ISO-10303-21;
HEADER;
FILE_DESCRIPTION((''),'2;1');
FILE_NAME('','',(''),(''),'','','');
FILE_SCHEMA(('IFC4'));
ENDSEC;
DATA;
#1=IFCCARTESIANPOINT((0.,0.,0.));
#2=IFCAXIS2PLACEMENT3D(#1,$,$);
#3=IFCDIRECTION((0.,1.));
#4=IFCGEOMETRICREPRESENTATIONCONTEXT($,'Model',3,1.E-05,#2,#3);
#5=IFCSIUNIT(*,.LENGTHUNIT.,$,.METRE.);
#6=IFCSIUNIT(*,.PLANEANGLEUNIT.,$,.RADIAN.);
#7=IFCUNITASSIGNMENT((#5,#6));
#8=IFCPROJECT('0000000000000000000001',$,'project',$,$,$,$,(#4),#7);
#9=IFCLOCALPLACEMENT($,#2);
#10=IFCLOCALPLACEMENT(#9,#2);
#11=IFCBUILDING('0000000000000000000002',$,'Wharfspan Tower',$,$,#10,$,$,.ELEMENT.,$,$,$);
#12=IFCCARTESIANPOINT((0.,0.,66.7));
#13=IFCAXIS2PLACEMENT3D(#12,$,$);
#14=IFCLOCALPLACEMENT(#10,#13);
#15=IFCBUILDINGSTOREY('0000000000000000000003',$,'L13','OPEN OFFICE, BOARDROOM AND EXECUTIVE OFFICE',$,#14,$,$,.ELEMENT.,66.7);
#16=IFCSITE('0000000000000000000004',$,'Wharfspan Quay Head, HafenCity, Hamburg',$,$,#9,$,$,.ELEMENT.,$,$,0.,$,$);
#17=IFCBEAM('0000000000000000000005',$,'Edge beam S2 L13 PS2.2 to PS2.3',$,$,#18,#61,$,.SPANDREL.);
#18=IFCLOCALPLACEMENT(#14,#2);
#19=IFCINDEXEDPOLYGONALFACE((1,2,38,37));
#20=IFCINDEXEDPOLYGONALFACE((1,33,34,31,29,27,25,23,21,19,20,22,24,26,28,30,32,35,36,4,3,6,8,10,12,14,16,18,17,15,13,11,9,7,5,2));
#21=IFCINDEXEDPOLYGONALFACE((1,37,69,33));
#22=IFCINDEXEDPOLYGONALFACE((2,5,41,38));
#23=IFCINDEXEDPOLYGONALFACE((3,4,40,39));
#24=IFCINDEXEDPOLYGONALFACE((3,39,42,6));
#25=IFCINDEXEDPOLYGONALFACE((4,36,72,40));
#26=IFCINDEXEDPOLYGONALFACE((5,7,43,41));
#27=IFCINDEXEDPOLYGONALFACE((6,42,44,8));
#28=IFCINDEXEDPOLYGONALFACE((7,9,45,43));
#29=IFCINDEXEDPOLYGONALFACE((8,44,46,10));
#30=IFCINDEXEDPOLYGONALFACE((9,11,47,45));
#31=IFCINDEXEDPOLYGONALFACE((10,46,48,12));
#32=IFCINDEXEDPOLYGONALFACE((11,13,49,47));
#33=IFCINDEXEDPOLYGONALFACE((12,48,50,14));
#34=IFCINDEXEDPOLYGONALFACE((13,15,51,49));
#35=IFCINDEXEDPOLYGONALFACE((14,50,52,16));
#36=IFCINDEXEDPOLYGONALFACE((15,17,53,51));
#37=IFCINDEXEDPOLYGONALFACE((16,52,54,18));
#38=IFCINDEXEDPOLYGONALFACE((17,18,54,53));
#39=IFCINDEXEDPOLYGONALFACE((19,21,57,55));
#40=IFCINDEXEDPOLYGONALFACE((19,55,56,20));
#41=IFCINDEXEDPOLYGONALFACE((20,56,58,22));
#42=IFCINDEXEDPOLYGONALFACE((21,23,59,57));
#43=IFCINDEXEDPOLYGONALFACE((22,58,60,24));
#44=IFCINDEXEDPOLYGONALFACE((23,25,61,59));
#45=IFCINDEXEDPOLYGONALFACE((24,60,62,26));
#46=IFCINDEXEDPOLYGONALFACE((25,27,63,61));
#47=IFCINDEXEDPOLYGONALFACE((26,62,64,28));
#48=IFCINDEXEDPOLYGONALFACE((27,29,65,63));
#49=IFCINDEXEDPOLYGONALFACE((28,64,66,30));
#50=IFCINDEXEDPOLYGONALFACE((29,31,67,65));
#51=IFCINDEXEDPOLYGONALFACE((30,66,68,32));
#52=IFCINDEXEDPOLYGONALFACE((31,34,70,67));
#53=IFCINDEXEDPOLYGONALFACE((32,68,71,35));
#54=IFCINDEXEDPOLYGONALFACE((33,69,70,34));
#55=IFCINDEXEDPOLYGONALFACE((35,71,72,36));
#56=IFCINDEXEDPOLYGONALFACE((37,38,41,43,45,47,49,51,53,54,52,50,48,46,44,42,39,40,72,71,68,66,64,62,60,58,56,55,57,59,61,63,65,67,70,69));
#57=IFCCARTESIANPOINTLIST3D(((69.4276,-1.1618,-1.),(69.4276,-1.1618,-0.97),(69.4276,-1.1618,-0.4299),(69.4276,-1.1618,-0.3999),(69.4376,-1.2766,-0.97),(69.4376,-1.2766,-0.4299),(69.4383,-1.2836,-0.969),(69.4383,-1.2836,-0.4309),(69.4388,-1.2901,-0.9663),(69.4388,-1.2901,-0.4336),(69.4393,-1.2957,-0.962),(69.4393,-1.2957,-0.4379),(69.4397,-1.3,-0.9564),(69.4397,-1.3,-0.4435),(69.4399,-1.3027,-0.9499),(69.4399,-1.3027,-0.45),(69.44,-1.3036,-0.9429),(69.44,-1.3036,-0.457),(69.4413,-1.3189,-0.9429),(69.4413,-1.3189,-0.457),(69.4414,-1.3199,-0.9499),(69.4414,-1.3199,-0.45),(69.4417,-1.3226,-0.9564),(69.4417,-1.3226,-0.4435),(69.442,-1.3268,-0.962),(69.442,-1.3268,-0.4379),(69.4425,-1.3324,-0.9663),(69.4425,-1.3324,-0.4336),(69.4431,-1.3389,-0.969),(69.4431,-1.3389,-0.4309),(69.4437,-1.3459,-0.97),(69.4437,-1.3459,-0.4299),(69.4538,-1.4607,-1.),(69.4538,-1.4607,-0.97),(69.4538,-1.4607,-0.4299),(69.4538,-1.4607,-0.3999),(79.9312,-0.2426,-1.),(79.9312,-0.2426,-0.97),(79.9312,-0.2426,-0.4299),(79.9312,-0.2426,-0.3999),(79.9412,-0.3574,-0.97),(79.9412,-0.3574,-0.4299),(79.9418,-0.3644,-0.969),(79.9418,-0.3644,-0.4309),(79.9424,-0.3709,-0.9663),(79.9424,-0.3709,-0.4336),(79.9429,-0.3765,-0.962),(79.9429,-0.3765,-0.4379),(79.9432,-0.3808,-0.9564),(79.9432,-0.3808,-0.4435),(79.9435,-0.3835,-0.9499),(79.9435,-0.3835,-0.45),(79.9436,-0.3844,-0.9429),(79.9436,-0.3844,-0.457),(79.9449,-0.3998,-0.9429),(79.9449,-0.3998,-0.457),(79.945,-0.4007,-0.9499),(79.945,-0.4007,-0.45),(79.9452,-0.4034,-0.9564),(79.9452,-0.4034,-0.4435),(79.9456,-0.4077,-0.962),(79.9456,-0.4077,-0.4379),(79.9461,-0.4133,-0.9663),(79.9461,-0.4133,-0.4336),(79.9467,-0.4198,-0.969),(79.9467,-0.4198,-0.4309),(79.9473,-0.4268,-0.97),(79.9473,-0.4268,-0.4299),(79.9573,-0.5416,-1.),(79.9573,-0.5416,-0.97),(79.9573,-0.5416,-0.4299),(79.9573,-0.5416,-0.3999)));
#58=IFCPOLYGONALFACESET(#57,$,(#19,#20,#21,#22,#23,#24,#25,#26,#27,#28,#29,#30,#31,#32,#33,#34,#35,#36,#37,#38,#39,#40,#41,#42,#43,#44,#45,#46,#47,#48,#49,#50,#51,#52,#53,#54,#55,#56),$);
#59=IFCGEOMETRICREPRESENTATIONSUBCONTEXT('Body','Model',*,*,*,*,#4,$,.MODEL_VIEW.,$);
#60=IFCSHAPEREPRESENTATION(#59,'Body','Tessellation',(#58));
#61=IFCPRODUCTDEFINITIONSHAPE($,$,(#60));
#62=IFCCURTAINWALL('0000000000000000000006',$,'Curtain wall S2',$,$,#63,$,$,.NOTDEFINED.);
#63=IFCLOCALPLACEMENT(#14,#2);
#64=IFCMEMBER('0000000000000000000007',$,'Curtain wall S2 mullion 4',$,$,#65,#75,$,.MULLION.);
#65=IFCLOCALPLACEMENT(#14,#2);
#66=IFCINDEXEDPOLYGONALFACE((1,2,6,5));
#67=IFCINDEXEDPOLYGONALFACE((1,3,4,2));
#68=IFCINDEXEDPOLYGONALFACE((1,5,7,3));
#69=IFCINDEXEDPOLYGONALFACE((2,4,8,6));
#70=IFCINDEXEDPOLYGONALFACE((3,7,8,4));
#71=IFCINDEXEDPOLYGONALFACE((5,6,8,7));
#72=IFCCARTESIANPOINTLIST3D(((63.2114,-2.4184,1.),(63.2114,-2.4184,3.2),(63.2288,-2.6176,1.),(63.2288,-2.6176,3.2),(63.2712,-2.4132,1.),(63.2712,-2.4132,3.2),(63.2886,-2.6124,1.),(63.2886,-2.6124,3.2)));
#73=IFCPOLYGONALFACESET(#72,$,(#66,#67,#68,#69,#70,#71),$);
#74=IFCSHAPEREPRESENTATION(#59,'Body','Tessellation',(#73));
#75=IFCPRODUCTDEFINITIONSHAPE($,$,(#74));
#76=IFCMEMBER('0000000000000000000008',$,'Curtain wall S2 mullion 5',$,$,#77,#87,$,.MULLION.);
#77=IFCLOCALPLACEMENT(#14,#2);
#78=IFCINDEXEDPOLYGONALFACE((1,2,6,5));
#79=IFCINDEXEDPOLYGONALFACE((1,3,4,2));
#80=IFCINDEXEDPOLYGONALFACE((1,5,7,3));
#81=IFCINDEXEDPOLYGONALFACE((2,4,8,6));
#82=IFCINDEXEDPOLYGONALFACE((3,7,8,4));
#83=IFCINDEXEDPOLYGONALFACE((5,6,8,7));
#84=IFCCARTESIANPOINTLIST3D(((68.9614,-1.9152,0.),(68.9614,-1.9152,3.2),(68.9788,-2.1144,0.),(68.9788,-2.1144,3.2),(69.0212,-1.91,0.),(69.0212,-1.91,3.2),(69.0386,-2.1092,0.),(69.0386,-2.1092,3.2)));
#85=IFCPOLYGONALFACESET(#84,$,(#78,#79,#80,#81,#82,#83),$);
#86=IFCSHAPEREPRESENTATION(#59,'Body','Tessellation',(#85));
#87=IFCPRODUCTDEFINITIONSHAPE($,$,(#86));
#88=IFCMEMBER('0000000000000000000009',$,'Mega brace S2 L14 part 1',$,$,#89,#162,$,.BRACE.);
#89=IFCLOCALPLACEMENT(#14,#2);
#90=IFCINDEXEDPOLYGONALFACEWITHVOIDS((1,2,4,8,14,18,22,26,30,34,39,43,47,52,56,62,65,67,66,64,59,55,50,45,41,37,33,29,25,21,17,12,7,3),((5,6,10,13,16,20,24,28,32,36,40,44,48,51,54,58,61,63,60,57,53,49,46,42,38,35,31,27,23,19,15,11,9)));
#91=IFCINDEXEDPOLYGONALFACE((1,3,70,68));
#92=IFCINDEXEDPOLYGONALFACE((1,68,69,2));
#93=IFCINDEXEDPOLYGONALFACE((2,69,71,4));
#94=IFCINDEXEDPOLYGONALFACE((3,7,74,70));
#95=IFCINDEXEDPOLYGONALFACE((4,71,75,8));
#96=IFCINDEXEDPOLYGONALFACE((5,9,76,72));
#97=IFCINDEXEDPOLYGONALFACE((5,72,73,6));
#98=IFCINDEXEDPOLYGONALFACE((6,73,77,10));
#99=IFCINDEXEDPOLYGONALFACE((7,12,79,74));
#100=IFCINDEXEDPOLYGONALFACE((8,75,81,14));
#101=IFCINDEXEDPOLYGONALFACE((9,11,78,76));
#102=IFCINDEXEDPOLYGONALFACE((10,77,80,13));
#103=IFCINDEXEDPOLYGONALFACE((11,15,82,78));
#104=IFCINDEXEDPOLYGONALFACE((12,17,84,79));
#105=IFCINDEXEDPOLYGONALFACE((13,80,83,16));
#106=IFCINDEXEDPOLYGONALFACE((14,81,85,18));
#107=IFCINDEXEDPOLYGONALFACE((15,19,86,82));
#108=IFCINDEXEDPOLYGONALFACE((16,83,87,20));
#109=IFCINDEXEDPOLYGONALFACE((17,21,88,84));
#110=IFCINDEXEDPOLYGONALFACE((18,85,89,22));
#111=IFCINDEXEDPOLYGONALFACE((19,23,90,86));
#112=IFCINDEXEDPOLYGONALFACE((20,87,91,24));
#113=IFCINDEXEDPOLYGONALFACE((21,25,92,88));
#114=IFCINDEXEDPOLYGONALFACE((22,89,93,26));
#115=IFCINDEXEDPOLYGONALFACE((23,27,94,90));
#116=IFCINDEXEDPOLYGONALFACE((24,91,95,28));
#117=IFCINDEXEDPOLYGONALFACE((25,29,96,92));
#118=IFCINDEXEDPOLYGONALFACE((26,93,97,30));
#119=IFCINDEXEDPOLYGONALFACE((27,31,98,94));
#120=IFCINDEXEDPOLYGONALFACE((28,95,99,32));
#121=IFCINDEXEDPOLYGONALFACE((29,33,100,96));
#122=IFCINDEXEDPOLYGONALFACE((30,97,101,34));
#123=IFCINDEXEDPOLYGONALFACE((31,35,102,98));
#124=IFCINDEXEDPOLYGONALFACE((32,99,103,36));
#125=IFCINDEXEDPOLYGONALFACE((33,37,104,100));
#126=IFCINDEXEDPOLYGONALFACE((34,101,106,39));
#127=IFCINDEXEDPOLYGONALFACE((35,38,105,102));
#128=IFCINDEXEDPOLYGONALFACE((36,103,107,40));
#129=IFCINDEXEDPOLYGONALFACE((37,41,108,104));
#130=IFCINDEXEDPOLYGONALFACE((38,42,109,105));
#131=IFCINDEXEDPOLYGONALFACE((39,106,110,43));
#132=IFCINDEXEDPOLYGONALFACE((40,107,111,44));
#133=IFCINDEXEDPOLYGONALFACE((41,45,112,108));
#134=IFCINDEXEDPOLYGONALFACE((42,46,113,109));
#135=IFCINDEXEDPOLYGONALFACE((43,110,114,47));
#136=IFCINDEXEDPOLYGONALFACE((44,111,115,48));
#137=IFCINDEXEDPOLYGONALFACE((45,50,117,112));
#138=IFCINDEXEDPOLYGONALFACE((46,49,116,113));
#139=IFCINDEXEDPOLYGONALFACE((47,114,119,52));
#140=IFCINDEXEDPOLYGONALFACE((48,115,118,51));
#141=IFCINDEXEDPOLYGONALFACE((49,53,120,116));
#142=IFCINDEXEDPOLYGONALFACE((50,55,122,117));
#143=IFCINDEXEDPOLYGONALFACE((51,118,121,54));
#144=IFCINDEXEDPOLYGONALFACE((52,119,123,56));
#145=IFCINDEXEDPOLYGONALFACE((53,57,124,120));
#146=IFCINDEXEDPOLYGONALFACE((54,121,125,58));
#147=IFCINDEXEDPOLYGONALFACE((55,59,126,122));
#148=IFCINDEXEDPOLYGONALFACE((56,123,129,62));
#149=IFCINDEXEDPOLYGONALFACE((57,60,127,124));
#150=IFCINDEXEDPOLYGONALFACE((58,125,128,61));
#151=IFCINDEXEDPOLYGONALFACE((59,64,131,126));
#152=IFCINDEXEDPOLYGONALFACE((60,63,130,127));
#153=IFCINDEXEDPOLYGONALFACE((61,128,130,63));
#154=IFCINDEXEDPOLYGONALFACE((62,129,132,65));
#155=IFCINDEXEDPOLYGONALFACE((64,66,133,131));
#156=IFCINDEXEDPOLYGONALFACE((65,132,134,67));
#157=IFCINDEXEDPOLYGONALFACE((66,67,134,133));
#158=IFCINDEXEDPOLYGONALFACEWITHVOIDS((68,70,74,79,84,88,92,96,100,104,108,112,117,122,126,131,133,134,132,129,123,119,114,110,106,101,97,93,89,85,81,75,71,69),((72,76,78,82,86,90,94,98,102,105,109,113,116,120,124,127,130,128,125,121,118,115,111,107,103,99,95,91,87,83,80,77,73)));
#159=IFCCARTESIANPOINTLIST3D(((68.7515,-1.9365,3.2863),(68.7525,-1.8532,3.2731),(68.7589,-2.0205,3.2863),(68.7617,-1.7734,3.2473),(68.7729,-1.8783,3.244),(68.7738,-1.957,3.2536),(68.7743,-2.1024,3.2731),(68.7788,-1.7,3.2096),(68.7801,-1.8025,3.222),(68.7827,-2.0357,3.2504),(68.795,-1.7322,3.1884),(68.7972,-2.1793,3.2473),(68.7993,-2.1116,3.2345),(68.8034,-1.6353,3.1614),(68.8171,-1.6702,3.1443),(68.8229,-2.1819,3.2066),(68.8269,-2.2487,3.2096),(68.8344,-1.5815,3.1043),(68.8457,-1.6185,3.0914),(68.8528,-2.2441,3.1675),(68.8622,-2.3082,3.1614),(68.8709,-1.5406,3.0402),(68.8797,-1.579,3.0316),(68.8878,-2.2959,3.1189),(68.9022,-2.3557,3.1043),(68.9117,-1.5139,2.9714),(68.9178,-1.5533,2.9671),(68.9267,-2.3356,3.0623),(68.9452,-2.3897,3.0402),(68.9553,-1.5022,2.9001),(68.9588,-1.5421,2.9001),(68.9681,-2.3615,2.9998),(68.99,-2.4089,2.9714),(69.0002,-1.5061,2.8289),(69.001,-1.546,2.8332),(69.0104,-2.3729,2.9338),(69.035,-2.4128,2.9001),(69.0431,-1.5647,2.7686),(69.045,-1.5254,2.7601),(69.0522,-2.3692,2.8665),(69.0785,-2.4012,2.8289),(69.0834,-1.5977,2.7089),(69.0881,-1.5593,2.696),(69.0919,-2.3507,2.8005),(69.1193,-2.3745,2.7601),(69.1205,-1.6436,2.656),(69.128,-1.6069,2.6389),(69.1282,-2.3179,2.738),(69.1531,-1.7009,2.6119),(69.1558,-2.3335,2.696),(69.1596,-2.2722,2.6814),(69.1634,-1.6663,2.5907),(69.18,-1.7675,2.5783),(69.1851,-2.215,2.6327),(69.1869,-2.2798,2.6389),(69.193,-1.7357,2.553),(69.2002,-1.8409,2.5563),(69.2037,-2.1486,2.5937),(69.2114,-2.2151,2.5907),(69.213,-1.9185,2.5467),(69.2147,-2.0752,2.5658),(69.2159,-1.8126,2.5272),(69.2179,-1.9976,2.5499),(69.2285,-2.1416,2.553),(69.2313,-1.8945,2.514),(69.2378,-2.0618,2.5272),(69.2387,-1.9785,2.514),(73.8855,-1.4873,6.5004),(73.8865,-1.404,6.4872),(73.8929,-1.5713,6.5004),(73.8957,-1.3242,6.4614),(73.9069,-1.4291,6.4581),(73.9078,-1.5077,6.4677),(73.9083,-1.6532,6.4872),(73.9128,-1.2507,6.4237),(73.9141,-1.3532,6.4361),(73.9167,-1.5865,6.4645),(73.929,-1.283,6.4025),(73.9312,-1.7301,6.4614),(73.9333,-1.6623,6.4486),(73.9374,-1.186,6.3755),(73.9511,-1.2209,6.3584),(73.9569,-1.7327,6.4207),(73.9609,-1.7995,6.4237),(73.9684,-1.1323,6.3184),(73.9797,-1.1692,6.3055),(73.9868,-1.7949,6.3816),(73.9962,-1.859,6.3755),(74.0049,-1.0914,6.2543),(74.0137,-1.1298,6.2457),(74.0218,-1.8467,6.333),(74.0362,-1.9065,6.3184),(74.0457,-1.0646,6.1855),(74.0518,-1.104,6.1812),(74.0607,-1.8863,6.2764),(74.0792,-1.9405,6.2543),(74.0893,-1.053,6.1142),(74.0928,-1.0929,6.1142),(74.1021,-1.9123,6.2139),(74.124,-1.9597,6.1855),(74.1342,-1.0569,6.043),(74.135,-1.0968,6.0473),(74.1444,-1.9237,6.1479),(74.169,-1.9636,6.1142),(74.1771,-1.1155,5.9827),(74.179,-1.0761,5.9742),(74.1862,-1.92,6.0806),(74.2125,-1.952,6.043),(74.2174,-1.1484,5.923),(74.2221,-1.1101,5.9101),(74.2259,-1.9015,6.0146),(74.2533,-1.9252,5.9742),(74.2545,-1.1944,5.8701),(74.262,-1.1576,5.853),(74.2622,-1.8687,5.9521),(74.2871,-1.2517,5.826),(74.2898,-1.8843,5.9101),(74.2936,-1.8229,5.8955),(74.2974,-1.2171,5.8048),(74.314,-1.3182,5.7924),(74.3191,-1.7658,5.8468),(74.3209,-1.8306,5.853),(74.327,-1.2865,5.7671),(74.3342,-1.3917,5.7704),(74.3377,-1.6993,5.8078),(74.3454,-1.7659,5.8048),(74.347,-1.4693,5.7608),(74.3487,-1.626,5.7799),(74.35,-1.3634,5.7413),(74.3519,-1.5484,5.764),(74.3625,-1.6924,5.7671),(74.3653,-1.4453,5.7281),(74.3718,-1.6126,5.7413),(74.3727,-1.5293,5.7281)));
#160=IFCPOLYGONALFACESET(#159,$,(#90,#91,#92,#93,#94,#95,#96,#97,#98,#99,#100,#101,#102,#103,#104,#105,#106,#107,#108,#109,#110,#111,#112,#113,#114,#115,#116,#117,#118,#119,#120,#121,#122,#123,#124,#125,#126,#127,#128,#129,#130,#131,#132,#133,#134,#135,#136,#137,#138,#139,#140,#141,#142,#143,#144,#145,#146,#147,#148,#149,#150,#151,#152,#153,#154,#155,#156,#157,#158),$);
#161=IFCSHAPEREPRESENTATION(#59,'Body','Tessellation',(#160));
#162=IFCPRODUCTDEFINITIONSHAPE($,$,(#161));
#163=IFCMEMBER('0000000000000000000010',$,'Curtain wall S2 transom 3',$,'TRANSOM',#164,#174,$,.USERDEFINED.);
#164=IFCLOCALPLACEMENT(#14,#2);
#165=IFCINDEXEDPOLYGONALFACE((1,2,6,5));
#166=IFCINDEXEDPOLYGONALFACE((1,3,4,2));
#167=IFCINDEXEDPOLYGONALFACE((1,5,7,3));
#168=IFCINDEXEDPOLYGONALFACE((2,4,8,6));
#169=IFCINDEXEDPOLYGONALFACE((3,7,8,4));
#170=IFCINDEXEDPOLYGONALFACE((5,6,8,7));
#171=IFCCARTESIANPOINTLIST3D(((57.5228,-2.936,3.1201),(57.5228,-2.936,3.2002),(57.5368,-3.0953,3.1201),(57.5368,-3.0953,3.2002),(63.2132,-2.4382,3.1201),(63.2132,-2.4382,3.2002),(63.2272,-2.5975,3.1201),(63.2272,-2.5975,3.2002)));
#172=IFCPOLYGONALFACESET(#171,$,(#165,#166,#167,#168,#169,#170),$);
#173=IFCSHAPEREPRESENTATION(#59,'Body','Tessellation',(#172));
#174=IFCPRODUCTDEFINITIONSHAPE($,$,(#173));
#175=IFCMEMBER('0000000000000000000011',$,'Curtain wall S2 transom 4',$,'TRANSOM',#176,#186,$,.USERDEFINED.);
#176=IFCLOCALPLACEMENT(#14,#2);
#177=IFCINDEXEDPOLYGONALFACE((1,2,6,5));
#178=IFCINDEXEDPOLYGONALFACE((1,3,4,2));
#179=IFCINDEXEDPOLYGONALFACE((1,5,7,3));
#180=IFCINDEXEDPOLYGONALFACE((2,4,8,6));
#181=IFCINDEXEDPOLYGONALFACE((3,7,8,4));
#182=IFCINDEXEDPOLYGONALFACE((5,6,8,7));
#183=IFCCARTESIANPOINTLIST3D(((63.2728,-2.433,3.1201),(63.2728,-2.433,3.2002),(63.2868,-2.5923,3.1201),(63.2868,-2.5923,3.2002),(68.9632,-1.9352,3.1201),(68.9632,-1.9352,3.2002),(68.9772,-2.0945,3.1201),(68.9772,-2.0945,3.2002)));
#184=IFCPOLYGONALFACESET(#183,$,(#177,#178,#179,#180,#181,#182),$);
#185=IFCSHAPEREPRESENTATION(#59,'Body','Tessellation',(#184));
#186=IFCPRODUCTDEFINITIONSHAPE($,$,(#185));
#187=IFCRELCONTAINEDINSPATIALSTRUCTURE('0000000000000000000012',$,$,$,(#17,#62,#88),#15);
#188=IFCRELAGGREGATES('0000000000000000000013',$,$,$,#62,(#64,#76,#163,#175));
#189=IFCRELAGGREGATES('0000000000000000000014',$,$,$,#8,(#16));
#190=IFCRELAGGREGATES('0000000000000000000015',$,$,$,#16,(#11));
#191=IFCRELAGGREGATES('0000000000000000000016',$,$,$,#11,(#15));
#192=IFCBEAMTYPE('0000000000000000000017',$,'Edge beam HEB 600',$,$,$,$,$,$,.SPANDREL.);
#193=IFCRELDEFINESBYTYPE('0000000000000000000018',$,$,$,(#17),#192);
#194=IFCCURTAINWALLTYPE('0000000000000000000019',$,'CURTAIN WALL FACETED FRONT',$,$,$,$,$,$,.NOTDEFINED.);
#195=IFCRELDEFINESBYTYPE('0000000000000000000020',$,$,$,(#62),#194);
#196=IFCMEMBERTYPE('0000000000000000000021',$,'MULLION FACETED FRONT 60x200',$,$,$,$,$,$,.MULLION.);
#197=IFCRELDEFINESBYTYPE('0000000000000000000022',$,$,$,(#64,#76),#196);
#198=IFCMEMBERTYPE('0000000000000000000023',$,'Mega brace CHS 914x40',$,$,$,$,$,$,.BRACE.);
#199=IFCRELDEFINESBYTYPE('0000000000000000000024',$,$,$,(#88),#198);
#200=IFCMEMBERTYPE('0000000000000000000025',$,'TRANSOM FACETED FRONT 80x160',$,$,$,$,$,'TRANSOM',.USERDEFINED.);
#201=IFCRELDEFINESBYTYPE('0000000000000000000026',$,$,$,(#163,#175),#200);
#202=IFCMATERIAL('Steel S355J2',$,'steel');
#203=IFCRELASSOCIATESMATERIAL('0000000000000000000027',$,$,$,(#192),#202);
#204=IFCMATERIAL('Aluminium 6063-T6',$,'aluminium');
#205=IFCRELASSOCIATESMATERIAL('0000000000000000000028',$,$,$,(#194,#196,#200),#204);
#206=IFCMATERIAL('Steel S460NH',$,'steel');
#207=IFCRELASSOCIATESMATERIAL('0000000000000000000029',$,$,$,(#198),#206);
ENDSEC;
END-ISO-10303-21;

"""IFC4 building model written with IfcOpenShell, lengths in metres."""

from ifc_helpers import new_model, si_unit, direction, frame, origin, origin_2d, place, context, subcontext, project, spatial, rectangle, hollow_circle, i_section, extrude, material, material_profile, profile_set, type_object, element, aggregate, save


model = new_model("IFC4")

# Units and contexts
model_context = context("Model", 3, precision=1e-05, world=origin(), true_north=direction((0.0, 1.0)))
body_context = subcontext(model_context, "Body", "Model", "MODEL_VIEW")
ifc_project = project(units=[si_unit("LENGTHUNIT", "METRE"), si_unit("PLANEANGLEUNIT", "RADIAN")], contexts=[model_context])

# Site, building, storey
site_placement = place(None, origin())
site = spatial("IfcSite", under=ifc_project, at=site_placement, Name="Wharfspan Quay Head, HafenCity, Hamburg", CompositionType="ELEMENT", RefElevation=0.0)
building_placement = place(site_placement, origin())
building = spatial("IfcBuilding", under=site, at=building_placement, Name="Wharfspan Tower", CompositionType="ELEMENT")
storey_placement = place(building_placement, frame((0.0, 0.0, 66.7)))
storey = spatial("IfcBuildingStorey", under=building, at=storey_placement, Name="L13", Description="OPEN OFFICE, BOARDROOM AND EXECUTIVE OFFICE", CompositionType="ELEMENT", Elevation=66.7)

# Shared definitions
ifc_material_1 = material(Name="Steel S355J2", Category="steel")

# Beam
ifc_material_profile_1 = material_profile(ifc_material_1, i_section(OverallWidth=0.3, OverallDepth=0.6001, WebThickness=0.0154, FlangeThickness=0.03, FilletRadius=0.0271, at=origin_2d()))
ifc_profile_set_1 = profile_set([ifc_material_profile_1], Name="Steel S355J2")
beam_type = type_object("IfcBeamType", Name="Edge beam HEB 600", PredefinedType="SPANDREL", material=ifc_profile_set_1)
for number, where, z_axis, x_axis, name in (
    (1, (69.4407, -1.3113, -0.7), (0.996193, 0.087178, 0.0), (-0.087178, 0.996193, 0.0), "Edge beam S2 L13 PS2.2 to PS2.3"),
):
    element("IfcBeam", number, at=place(storey_placement, frame(where, z_axis=z_axis, x_axis=x_axis)), inside=storey, type_object=beam_type, Name=name, PredefinedType="SPANDREL", context=body_context, shape_type="SweptSolid", body=[
        extrude(i_section(OverallWidth=0.3, OverallDepth=0.6001, WebThickness=0.0154, FlangeThickness=0.03, FilletRadius=0.0271, at=origin_2d()), origin(), (0.0, 0.0, 1.0), 10.5437),
    ])

# Curtain wall, members
ifc_material_2 = material(Name="Aluminium 6063-T6", Category="aluminium")
curtain_wall_type = type_object("IfcCurtainWallType", Name="CURTAIN WALL FACETED FRONT", PredefinedType="NOTDEFINED", material=ifc_material_2)
curtain_wall_placement = place(storey_placement, origin())
curtain_wall = element("IfcCurtainWall", 2, at=curtain_wall_placement, inside=storey, type_object=curtain_wall_type, Name="Curtain wall S2", PredefinedType="NOTDEFINED")
ifc_material_profile_2 = material_profile(ifc_material_2, rectangle(XDim=0.2, YDim=0.0601, at=origin_2d()))
ifc_profile_set_2 = profile_set([ifc_material_profile_2], Name="Aluminium 6063-T6")
member_type_1 = type_object("IfcMemberType", Name="MULLION FACETED FRONT 60x200", PredefinedType="MULLION", material=ifc_profile_set_2)
member_1_placement = place(storey_placement, frame((63.25, -2.5154, 1.0), z_axis=(0.0, 0.0, 1.0), x_axis=(-0.087156, 0.996197, 0.0)))
member_1 = element("IfcMember", 3, at=member_1_placement, type_object=member_type_1, Name="Curtain wall S2 mullion 4", PredefinedType="MULLION", context=body_context, shape_type="SweptSolid", body=[
    extrude(rectangle(XDim=0.2, YDim=0.0601, at=origin_2d()), origin(), (0.0, 0.0, 1.0), 2.2),
])
member_2_placement = place(storey_placement, frame((69.0, -2.0122, 0.0), z_axis=(0.0, 0.0, 1.0), x_axis=(-0.087156, 0.996197, 0.0)))
member_2 = element("IfcMember", 4, at=member_2_placement, type_object=member_type_1, Name="Curtain wall S2 mullion 5", PredefinedType="MULLION", context=body_context, shape_type="SweptSolid", body=[
    extrude(rectangle(XDim=0.2, YDim=0.0601, at=origin_2d()), origin(), (0.0, 0.0, 1.0), 3.2),
])

# Members
ifc_material_3 = material(Name="Steel S460NH", Category="steel")
ifc_material_profile_3 = material_profile(ifc_material_3, hollow_circle(Radius=0.457, WallThickness=0.04, at=origin_2d()))
ifc_profile_set_3 = profile_set([ifc_material_profile_3], Name="Steel S460NH")
member_type_2 = type_object("IfcMemberType", Name="Mega brace CHS 914x40", PredefinedType="BRACE", material=ifc_profile_set_3)
member_3_placement = place(storey_placement, frame((68.9951, -1.9575, 2.9001), z_axis=(0.84528, 0.073961, 0.52918), x_axis=(-0.087165, 0.996192, -0.000001)))
element("IfcMember", 5, at=member_3_placement, inside=storey, type_object=member_type_2, Name="Mega brace S2 L14 part 1", PredefinedType="BRACE", context=body_context, shape_type="SweptSolid", body=[
    extrude(hollow_circle(Radius=0.457, WallThickness=0.04, at=origin_2d()), origin(), (0.0, 0.0, 1.0), 6.0737),
])
ifc_material_profile_4 = material_profile(ifc_material_2, rectangle(XDim=0.1599, YDim=0.0801, at=origin_2d()))
ifc_profile_set_4 = profile_set([ifc_material_profile_4], Name="Aluminium 6063-T6")
member_type_3 = type_object("IfcMemberType", Name="TRANSOM FACETED FRONT 80x160", ElementType="TRANSOM", PredefinedType="USERDEFINED", material=ifc_profile_set_4)
member_4_placement = place(storey_placement, frame((57.5298, -3.0156, 3.1602), z_axis=(0.996195, 0.087148, 0.0), x_axis=(-0.087148, 0.996195, 0.0)))
member_4 = element("IfcMember", 6, at=member_4_placement, type_object=member_type_3, Name="Curtain wall S2 transom 3", ObjectType="TRANSOM", PredefinedType="USERDEFINED", context=body_context, shape_type="SweptSolid", body=[
    extrude(rectangle(XDim=0.1599, YDim=0.0801, at=origin_2d()), origin(), (0.0, 0.0, 1.0), 5.7122),
])
member_5_placement = place(storey_placement, frame((63.2798, -2.5127, 3.1602), z_axis=(0.996195, 0.087148, 0.0), x_axis=(-0.087148, 0.996195, 0.0)))
member_5 = element("IfcMember", 7, at=member_5_placement, type_object=member_type_3, Name="Curtain wall S2 transom 4", ObjectType="TRANSOM", PredefinedType="USERDEFINED", context=body_context, shape_type="SweptSolid", body=[
    extrude(rectangle(XDim=0.1599, YDim=0.0801, at=origin_2d()), origin(), (0.0, 0.0, 1.0), 5.7122),
])

aggregate(curtain_wall, [member_1, member_2, member_4, member_5])

save(model, "model.ifc")
